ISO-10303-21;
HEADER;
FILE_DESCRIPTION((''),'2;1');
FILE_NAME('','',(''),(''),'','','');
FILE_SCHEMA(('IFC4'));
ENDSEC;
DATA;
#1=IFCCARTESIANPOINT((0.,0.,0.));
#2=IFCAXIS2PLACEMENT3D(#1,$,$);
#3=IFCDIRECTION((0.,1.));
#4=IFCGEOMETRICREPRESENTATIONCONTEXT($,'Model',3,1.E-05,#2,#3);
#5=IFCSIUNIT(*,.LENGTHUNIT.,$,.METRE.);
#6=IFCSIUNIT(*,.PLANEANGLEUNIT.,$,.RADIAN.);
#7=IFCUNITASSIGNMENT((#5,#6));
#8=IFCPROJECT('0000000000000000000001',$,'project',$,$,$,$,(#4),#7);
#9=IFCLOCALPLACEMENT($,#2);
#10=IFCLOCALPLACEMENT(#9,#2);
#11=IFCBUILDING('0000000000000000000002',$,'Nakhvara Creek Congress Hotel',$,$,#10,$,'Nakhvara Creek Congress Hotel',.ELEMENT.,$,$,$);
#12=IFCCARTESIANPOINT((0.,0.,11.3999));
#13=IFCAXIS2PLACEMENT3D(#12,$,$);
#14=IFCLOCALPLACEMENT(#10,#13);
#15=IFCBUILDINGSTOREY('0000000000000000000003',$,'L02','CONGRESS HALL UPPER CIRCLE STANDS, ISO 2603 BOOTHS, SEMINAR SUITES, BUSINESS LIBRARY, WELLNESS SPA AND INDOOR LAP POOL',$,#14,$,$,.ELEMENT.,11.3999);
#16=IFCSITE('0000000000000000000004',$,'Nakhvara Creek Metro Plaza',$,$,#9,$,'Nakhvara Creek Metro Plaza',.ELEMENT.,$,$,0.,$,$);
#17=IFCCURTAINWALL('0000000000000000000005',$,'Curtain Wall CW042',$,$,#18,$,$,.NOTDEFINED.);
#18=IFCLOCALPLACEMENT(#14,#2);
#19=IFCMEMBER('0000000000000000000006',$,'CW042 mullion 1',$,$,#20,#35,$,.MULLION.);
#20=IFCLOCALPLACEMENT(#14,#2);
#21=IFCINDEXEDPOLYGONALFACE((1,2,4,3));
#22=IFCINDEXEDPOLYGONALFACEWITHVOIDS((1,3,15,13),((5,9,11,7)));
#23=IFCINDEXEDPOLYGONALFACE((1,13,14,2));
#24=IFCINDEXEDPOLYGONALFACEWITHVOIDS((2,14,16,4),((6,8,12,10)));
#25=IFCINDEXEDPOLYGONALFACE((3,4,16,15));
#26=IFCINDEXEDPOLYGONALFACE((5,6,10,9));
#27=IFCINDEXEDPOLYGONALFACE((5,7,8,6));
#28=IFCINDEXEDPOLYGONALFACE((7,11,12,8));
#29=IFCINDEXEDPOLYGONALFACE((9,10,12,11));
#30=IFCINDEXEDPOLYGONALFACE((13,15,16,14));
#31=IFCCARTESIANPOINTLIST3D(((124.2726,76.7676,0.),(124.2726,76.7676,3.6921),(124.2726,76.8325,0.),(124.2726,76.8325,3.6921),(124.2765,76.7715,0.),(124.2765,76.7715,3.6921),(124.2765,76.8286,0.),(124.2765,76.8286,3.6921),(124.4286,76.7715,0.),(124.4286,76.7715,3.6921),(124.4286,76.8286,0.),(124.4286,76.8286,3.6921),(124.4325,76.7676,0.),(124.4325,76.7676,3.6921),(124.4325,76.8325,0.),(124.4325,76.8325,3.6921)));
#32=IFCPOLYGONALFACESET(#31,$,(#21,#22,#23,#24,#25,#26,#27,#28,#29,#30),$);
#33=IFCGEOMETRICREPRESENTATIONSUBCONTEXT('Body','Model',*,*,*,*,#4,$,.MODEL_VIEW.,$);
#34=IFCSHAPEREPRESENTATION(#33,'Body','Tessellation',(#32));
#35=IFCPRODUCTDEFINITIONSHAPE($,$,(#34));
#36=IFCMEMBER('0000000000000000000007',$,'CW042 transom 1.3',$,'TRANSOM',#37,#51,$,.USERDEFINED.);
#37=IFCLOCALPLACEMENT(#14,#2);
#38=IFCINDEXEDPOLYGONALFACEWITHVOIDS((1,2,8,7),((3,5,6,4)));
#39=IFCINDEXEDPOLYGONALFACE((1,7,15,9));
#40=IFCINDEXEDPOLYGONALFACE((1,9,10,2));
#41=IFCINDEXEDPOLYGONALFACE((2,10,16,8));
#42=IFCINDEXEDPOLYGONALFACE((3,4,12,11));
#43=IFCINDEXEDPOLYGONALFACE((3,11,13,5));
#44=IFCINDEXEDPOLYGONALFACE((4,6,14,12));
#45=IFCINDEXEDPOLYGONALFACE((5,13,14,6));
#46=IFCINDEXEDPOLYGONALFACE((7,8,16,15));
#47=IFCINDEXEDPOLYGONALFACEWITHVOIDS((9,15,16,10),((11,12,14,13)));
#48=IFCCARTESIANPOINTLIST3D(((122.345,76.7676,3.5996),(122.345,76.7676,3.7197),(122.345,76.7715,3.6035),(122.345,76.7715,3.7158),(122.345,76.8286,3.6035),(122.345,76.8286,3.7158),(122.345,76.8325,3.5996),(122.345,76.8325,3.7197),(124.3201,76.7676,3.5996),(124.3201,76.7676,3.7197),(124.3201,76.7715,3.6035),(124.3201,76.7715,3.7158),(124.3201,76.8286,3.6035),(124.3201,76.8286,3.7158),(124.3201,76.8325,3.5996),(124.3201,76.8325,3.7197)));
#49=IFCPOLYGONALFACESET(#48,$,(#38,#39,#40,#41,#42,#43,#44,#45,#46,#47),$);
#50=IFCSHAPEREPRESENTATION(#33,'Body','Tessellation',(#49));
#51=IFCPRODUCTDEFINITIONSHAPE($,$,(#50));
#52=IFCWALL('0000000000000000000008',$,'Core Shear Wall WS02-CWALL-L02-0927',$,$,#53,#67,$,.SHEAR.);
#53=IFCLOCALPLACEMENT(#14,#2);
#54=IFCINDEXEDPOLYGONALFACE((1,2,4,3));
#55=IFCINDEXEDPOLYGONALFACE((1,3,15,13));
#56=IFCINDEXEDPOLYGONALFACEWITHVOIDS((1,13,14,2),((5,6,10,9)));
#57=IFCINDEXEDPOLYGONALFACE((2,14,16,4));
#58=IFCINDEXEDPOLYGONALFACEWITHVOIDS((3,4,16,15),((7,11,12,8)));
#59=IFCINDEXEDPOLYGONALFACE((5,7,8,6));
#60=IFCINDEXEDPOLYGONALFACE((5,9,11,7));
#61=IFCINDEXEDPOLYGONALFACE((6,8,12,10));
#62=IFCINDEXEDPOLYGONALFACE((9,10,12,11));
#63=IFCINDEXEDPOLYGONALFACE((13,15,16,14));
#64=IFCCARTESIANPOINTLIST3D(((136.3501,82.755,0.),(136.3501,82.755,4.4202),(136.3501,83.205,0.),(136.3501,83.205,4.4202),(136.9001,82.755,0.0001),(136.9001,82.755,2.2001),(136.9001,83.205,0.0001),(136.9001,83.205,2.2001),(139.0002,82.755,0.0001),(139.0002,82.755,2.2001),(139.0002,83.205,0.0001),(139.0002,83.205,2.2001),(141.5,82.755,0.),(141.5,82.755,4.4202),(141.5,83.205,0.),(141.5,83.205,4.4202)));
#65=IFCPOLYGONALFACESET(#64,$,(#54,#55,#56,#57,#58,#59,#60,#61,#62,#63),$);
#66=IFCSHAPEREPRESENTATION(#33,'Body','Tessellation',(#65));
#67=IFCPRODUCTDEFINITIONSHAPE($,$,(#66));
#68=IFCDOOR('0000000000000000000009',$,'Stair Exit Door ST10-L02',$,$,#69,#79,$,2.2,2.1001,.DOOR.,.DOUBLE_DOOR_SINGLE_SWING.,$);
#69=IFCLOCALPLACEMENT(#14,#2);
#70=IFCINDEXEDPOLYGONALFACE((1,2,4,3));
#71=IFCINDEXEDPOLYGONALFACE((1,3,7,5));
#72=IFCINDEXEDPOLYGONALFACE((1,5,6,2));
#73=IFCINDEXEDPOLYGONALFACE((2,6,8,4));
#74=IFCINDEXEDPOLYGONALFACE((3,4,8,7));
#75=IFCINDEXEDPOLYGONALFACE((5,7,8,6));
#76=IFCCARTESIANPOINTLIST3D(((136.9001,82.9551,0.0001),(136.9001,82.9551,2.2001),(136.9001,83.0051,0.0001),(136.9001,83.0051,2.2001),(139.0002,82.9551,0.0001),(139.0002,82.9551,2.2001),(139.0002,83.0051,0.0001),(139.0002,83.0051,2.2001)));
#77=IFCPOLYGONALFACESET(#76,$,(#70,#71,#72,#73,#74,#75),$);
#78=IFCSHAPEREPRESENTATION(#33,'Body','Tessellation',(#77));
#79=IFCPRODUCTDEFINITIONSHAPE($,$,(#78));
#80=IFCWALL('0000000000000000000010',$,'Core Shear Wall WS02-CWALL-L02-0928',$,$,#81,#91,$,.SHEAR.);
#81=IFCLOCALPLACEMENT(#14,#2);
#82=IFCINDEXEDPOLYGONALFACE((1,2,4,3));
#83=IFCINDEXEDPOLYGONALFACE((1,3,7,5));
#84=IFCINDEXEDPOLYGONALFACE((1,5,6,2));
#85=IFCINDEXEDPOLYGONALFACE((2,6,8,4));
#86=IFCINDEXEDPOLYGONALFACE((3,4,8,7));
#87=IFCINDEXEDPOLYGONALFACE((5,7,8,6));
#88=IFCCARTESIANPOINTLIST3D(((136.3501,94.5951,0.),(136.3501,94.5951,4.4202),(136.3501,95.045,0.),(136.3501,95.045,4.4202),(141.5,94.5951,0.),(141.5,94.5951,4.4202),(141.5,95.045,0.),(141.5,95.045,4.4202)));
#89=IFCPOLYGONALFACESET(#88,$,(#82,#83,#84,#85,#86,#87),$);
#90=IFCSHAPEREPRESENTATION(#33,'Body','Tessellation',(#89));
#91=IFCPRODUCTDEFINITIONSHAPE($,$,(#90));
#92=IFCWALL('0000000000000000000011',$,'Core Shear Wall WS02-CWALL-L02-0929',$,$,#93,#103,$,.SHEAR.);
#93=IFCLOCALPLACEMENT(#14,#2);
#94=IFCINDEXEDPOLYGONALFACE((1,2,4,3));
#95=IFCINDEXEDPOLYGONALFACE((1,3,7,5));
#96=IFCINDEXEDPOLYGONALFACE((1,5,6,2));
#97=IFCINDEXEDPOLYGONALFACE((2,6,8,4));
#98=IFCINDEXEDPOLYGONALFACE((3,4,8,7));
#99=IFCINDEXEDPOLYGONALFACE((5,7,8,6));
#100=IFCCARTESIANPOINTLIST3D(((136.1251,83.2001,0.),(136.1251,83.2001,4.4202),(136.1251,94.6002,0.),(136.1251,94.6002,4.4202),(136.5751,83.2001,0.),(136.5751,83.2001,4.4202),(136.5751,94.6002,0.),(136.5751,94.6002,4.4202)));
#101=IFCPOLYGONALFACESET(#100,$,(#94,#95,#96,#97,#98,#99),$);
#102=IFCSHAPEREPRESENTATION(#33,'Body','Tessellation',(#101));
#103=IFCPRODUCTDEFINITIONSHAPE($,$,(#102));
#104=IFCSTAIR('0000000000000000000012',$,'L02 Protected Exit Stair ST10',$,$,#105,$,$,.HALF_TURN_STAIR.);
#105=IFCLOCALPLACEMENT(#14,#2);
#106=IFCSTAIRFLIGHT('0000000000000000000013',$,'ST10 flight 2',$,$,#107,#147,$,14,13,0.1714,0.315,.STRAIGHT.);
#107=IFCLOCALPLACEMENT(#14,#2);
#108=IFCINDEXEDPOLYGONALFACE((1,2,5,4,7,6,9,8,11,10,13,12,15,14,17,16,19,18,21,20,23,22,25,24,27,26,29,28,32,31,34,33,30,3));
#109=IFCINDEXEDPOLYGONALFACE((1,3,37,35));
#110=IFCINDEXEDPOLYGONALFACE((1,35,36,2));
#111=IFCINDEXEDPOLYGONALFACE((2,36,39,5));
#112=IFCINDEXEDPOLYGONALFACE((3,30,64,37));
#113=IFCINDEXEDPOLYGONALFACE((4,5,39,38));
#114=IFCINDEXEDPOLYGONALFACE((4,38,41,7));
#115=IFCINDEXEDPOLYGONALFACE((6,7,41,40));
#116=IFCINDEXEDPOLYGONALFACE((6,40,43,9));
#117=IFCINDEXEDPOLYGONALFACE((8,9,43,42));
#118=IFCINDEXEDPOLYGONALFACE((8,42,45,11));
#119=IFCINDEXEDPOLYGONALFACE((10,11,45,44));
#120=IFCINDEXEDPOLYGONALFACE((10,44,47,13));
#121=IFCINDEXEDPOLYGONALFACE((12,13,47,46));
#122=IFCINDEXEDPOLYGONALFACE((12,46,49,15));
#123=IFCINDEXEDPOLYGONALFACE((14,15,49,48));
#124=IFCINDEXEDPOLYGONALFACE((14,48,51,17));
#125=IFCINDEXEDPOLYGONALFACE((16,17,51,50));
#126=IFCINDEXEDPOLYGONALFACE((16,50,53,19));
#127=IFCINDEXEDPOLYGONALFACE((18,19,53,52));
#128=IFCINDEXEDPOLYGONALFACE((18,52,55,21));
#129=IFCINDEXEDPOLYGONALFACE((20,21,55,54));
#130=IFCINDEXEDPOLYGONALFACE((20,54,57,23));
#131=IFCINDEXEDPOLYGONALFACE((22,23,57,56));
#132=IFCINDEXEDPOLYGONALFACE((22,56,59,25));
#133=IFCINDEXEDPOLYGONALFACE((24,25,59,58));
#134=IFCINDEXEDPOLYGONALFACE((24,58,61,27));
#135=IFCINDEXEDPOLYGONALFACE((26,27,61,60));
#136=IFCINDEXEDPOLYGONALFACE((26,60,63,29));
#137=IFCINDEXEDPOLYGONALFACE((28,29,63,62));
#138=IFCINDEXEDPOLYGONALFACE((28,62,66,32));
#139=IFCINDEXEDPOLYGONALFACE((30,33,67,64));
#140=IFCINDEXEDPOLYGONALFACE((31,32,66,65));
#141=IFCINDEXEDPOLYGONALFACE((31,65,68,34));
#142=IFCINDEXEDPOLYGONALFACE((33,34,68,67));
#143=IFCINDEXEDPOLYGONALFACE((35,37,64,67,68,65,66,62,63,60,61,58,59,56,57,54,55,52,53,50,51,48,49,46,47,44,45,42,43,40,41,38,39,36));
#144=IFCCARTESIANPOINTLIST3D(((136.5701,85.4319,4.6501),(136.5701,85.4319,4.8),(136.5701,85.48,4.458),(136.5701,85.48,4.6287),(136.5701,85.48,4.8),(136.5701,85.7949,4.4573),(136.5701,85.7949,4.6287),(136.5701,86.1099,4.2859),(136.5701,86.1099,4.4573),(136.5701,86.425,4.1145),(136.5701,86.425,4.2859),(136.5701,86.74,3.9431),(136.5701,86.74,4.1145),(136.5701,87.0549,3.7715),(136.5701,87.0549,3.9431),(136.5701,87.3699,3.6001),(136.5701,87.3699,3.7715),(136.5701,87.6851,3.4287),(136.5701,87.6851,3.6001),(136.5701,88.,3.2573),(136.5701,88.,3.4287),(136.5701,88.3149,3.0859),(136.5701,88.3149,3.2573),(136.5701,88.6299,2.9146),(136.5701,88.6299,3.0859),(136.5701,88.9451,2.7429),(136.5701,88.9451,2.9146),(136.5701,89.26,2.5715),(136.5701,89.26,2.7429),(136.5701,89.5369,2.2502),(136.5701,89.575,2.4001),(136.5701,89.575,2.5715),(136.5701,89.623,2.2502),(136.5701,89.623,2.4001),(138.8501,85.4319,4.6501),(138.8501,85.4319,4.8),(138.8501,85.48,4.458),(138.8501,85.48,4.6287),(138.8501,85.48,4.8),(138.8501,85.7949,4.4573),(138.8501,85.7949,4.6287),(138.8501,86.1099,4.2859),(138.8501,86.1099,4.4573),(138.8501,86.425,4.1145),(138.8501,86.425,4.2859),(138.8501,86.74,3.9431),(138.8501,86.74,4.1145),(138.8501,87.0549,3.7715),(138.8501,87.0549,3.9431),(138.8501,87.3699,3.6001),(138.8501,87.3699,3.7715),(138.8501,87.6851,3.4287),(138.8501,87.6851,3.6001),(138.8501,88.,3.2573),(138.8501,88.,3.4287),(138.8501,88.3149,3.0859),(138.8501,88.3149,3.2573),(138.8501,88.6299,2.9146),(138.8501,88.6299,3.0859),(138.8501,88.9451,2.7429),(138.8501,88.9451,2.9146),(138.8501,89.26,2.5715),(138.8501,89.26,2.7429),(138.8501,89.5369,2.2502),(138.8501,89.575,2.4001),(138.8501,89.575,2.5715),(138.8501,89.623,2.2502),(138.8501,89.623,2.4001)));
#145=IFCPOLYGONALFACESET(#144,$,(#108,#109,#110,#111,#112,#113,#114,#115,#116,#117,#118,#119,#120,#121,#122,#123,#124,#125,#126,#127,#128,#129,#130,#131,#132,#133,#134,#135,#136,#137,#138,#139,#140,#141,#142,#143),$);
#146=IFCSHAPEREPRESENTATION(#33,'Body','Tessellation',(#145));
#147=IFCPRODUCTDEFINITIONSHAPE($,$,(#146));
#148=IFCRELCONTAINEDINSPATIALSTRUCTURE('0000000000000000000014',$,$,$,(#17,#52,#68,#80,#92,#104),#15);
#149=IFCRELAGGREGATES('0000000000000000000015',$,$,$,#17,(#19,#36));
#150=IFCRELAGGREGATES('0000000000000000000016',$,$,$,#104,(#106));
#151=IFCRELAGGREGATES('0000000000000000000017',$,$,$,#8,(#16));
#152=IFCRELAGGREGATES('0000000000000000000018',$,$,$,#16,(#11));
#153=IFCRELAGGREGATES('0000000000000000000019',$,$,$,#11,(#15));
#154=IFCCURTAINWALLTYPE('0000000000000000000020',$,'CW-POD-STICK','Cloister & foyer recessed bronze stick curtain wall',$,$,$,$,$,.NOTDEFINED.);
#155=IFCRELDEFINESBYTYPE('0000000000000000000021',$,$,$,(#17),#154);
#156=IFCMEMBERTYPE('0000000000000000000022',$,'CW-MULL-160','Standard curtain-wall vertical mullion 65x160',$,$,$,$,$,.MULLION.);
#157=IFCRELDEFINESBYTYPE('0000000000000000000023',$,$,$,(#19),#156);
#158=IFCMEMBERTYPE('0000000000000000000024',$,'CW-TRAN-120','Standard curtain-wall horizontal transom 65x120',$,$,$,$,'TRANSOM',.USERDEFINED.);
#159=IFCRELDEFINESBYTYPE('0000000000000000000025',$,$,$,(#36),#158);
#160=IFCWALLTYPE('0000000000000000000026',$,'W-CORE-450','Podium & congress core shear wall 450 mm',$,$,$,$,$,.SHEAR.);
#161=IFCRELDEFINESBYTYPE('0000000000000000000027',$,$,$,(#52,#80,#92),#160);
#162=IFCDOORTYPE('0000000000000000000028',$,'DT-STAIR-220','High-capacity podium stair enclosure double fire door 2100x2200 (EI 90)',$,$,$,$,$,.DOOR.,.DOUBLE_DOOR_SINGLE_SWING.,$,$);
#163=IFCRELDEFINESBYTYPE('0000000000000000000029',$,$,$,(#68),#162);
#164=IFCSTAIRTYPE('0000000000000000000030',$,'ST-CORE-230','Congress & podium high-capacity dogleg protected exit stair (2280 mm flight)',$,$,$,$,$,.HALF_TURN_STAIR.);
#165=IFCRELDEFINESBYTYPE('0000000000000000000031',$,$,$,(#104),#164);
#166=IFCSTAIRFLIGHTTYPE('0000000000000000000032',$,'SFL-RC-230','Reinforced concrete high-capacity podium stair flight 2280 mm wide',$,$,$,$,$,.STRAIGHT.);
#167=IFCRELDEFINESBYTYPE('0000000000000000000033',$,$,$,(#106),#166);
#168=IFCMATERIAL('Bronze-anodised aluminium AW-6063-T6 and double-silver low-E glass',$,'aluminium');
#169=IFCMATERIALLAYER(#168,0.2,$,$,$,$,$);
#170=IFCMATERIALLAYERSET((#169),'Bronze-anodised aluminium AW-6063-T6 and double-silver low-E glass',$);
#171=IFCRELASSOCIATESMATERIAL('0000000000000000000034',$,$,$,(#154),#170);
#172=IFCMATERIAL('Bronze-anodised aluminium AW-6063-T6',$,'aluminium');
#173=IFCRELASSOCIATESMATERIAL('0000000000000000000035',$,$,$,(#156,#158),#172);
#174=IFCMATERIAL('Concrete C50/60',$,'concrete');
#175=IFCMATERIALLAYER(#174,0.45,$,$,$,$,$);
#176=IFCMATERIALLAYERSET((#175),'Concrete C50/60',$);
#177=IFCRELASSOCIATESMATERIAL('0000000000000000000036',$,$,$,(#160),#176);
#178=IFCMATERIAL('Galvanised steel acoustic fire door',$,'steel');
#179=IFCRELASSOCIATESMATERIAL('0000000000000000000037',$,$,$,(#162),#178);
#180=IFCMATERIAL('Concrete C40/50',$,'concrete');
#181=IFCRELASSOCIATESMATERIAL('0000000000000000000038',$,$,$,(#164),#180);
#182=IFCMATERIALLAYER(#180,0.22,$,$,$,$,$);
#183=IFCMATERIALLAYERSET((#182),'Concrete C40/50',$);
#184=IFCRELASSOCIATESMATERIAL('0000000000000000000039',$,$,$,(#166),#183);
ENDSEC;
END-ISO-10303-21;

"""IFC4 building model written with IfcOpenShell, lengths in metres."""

from ifc_helpers import new_model, si_unit, direction, frame, frame_2d, origin, origin_2d, place, context, subcontext, project, spatial, polyline, rectangle, hollow_rectangle, outline, extrude, material, layer, layer_set, material_profile, profile_set, type_object, element, fill, aggregate, save


model = new_model("IFC4")

# Units and contexts
model_context = context("Model", 3, precision=1e-05, world=origin(), true_north=direction((0.0, 1.0)))
body_context = subcontext(model_context, "Body", "Model", "MODEL_VIEW")
ifc_project = project(units=[si_unit("LENGTHUNIT", "METRE"), si_unit("PLANEANGLEUNIT", "RADIAN")], contexts=[model_context])

# Site, building, storey
site_placement = place(None, origin())
site = spatial("IfcSite", under=ifc_project, at=site_placement, Name="Nakhvara Creek Metro Plaza", LongName="Nakhvara Creek Metro Plaza", CompositionType="ELEMENT", RefElevation=0.0)
building_placement = place(site_placement, origin())
building = spatial("IfcBuilding", under=site, at=building_placement, Name="Nakhvara Creek Congress Hotel", LongName="Nakhvara Creek Congress Hotel", CompositionType="ELEMENT")
storey_placement = place(building_placement, frame((0.0, 0.0, 11.3999)))
storey = spatial("IfcBuildingStorey", under=building, at=storey_placement, Name="L02", Description="CONGRESS HALL UPPER CIRCLE STANDS, ISO 2603 BOOTHS, SEMINAR SUITES, BUSINESS LIBRARY, WELLNESS SPA AND INDOOR LAP POOL", CompositionType="ELEMENT", Elevation=11.3999)

# Shared definitions
ifc_material_1 = material(Name="Concrete C50/60", Category="concrete")

# Shared definitions
ifc_material_2 = material(Name="Concrete C40/50", Category="concrete")

# Curtain wall, members
ifc_material_3 = material(Name="Bronze-anodised aluminium AW-6063-T6 and double-silver low-E glass", Category="aluminium")
ifc_layer_1 = layer(ifc_material_3, 0.2)
ifc_layer_set_1 = layer_set([ifc_layer_1], Name="Bronze-anodised aluminium AW-6063-T6 and double-silver low-E glass")
curtain_wall_type = type_object("IfcCurtainWallType", Name="CW-POD-STICK", Description="Cloister & foyer recessed bronze stick curtain wall", PredefinedType="NOTDEFINED", material=ifc_layer_set_1)
curtain_wall_placement = place(storey_placement, origin())
curtain_wall = element("IfcCurtainWall", 1, at=curtain_wall_placement, inside=storey, type_object=curtain_wall_type, Name="Curtain Wall CW042", PredefinedType="NOTDEFINED")
ifc_material_4 = material(Name="Bronze-anodised aluminium AW-6063-T6", Category="aluminium")
ifc_material_profile_1 = material_profile(ifc_material_4, hollow_rectangle(XDim=0.0649, YDim=0.1599, WallThickness=0.0039, at=origin_2d()), Name="ALU-MULL 65x160x4", Category="LoadBearing")
ifc_profile_set_1 = profile_set([ifc_material_profile_1], Name="Bronze-anodised aluminium AW-6063-T6")
member_type_1 = type_object("IfcMemberType", Name="CW-MULL-160", Description="Standard curtain-wall vertical mullion 65x160", PredefinedType="MULLION", material=ifc_profile_set_1)
member_1_placement = place(storey_placement, frame((124.3525, 76.8, 0.0), z_axis=(0.0, 0.0, 1.0), x_axis=(0.0, -1.0, 0.0)))
member_1 = element("IfcMember", 2, at=member_1_placement, type_object=member_type_1, Name="CW042 mullion 1", PredefinedType="MULLION", context=body_context, shape_type="SweptSolid", body=[
    extrude(hollow_rectangle(XDim=0.0649, YDim=0.1599, WallThickness=0.0039, at=origin_2d()), origin(), (0.0, 0.0, 1.0), 3.6921),
])
ifc_material_profile_2 = material_profile(ifc_material_4, hollow_rectangle(XDim=0.0649, YDim=0.1201, WallThickness=0.0039, at=origin_2d()), Name="ALU-TRAN 65x120x4", Category="LoadBearing")
ifc_profile_set_2 = profile_set([ifc_material_profile_2], Name="Bronze-anodised aluminium AW-6063-T6")
member_type_2 = type_object("IfcMemberType", Name="CW-TRAN-120", Description="Standard curtain-wall horizontal transom 65x120", ElementType="TRANSOM", PredefinedType="USERDEFINED", material=ifc_profile_set_2)
member_2_placement = place(storey_placement, frame((124.3201, 76.8, 3.6597), z_axis=(-1.0, 0.0, 0.0), x_axis=(0.0, -1.0, 0.0)))
member_2 = element("IfcMember", 3, at=member_2_placement, type_object=member_type_2, Name="CW042 transom 1.3", ObjectType="TRANSOM", PredefinedType="USERDEFINED", context=body_context, shape_type="SweptSolid", body=[
    extrude(hollow_rectangle(XDim=0.0649, YDim=0.1201, WallThickness=0.0039, at=origin_2d()), origin(), (0.0, 0.0, 1.0), 1.9751),
])
aggregate(curtain_wall, [member_1, member_2])

# Wall, opening, door
ifc_layer_2 = layer(ifc_material_1, 0.45)
ifc_layer_set_2 = layer_set([ifc_layer_2], Name="Concrete C50/60")
wall_type = type_object("IfcWallType", Name="W-CORE-450", Description="Podium & congress core shear wall 450 mm", PredefinedType="SHEAR", material=ifc_layer_set_2)
wall_1_placement = place(storey_placement, frame((136.3501, 82.98, 0.0), z_axis=(0.0, 0.0, 1.0), x_axis=(1.0, 0.0, 0.0)))
wall_1 = element("IfcWall", 4, at=wall_1_placement, inside=storey, type_object=wall_type, Name="Core Shear Wall WS02-CWALL-L02-0927", PredefinedType="SHEAR", context=body_context, shape_type="SweptSolid", body=[
    extrude(rectangle(XDim=5.1499, YDim=0.45, at=frame_2d((2.575, 0.0))), origin(), (0.0, 0.0, 1.0), 4.4202),
])
opening_placement = place(wall_1_placement, frame((0.55, 0.0, 0.0)))
opening = element("IfcOpeningElement", 5, at=opening_placement, cuts=wall_1, PredefinedType="OPENING", context=body_context, shape_type="SweptSolid", body=[
    extrude(rectangle(XDim=2.1001, YDim=2.2, at=frame_2d((1.05, 1.1001))), frame((0.0, 0.2368, 0.0), z_axis=(0.0, -1.0, 0.0), x_axis=(1.0, 0.0, 0.0)), (0.0, 0.0, 1.0), 0.4739),
])
ifc_material_5 = material(Name="Galvanised steel acoustic fire door", Category="steel")
door_type = type_object("IfcDoorType", Name="DT-STAIR-220", Description="High-capacity podium stair enclosure double fire door 2100x2200 (EI 90)", OperationType="DOUBLE_DOOR_SINGLE_SWING", PredefinedType="DOOR", material=ifc_material_5)
door_placement = place(opening_placement, frame((2.1001, 0.0, 0.0), z_axis=(0.0, 0.0, 1.0), x_axis=(-1.0, 0.0, 0.0)))
door = element("IfcDoor", 6, at=door_placement, inside=storey, type_object=door_type, Name="Stair Exit Door ST10-L02", OperationType="DOUBLE_DOOR_SINGLE_SWING", OverallHeight=2.2, OverallWidth=2.1001, PredefinedType="DOOR", context=body_context, shape_type="SweptSolid", body=[
    extrude(rectangle(XDim=2.1001, YDim=2.2, at=frame_2d((1.05, 1.1001))), frame((0.0, 0.0249, 0.0), z_axis=(0.0, -1.0, 0.0), x_axis=(1.0, 0.0, 0.0)), (0.0, 0.0, 1.0), 0.05),
])
fill(opening, door)

# Walls
wall_2_placement = place(storey_placement, frame((136.3501, 94.8201, 0.0), z_axis=(0.0, 0.0, 1.0), x_axis=(1.0, 0.0, 0.0)))
element("IfcWall", 7, at=wall_2_placement, inside=storey, type_object=wall_type, Name="Core Shear Wall WS02-CWALL-L02-0928", PredefinedType="SHEAR", context=body_context, shape_type="SweptSolid", body=[
    extrude(rectangle(XDim=5.1499, YDim=0.45, at=frame_2d((2.575, 0.0))), origin(), (0.0, 0.0, 1.0), 4.4202),
])
wall_3_placement = place(storey_placement, frame((136.3501, 83.2, 0.0), z_axis=(0.0, 0.0, 1.0), x_axis=(0.0, 1.0, 0.0)))
element("IfcWall", 8, at=wall_3_placement, inside=storey, type_object=wall_type, Name="Core Shear Wall WS02-CWALL-L02-0929", PredefinedType="SHEAR", context=body_context, shape_type="SweptSolid", body=[
    extrude(rectangle(XDim=11.4001, YDim=0.45, at=frame_2d((5.7002, 0.0))), origin(), (0.0, 0.0, 1.0), 4.4202),
])

# Stair, stair flight
stair_type = type_object("IfcStairType", Name="ST-CORE-230", Description="Congress & podium high-capacity dogleg protected exit stair (2280 mm flight)", PredefinedType="HALF_TURN_STAIR", material=ifc_material_2)
stair_placement = place(storey_placement, origin())
stair = element("IfcStair", 9, at=stair_placement, inside=storey, type_object=stair_type, Name="L02 Protected Exit Stair ST10", PredefinedType="HALF_TURN_STAIR")
ifc_layer_3 = layer(ifc_material_2, 0.22)
ifc_layer_set_3 = layer_set([ifc_layer_3], Name="Concrete C40/50")
stair_flight_type = type_object("IfcStairFlightType", Name="SFL-RC-230", Description="Reinforced concrete high-capacity podium stair flight 2280 mm wide", PredefinedType="STRAIGHT", material=ifc_layer_set_3)
stair_flight_placement = place(storey_placement, frame((137.71, 89.575, 2.4001), z_axis=(0.0, 0.0, 1.0), x_axis=(0.0, -1.0, 0.0)))
stair_flight = element("IfcStairFlight", 10, at=stair_flight_placement, type_object=stair_flight_type, Name="ST10 flight 2", NumberOfRisers=14, NumberOfTreads=13, PredefinedType="STRAIGHT", RiserHeight=0.1714, TreadLength=0.315, context=body_context, shape_type="SweptSolid", body=[
    extrude(outline(polyline([(-0.0481, 0.0), (0.0, 0.0), (0.0, 0.1714), (0.3149, 0.1714), (0.3149, 0.3428), (0.6299, 0.3428), (0.6299, 0.5144), (0.9451, 0.5144), (0.9451, 0.6858), (1.26, 0.6858), (1.26, 0.8572), (1.575, 0.8572), (1.575, 1.0286), (1.8899, 1.0286), (1.8899, 1.2), (2.2051, 1.2), (2.2051, 1.3713), (2.52, 1.3713), (2.52, 1.543), (2.835, 1.543), (2.835, 1.7144), (3.1499, 1.7144), (3.1499, 1.8857), (3.4651, 1.8857), (3.4651, 2.0571), (3.78, 2.0571), (3.78, 2.2285), (4.095, 2.2285), (4.095, 2.3999), (4.1431, 2.3999), (4.1431, 2.25), (4.095, 2.0579), (0.0381, -0.1499), (-0.0481, -0.1499), (-0.0481, 0.0)])), frame((0.0, 1.1401, 0.0), z_axis=(0.0, -1.0, 0.0), x_axis=(1.0, 0.0, 0.0)), (0.0, 0.0, 1.0), 2.28),
])
aggregate(stair, [stair_flight])

save(model, "model.ifc")
